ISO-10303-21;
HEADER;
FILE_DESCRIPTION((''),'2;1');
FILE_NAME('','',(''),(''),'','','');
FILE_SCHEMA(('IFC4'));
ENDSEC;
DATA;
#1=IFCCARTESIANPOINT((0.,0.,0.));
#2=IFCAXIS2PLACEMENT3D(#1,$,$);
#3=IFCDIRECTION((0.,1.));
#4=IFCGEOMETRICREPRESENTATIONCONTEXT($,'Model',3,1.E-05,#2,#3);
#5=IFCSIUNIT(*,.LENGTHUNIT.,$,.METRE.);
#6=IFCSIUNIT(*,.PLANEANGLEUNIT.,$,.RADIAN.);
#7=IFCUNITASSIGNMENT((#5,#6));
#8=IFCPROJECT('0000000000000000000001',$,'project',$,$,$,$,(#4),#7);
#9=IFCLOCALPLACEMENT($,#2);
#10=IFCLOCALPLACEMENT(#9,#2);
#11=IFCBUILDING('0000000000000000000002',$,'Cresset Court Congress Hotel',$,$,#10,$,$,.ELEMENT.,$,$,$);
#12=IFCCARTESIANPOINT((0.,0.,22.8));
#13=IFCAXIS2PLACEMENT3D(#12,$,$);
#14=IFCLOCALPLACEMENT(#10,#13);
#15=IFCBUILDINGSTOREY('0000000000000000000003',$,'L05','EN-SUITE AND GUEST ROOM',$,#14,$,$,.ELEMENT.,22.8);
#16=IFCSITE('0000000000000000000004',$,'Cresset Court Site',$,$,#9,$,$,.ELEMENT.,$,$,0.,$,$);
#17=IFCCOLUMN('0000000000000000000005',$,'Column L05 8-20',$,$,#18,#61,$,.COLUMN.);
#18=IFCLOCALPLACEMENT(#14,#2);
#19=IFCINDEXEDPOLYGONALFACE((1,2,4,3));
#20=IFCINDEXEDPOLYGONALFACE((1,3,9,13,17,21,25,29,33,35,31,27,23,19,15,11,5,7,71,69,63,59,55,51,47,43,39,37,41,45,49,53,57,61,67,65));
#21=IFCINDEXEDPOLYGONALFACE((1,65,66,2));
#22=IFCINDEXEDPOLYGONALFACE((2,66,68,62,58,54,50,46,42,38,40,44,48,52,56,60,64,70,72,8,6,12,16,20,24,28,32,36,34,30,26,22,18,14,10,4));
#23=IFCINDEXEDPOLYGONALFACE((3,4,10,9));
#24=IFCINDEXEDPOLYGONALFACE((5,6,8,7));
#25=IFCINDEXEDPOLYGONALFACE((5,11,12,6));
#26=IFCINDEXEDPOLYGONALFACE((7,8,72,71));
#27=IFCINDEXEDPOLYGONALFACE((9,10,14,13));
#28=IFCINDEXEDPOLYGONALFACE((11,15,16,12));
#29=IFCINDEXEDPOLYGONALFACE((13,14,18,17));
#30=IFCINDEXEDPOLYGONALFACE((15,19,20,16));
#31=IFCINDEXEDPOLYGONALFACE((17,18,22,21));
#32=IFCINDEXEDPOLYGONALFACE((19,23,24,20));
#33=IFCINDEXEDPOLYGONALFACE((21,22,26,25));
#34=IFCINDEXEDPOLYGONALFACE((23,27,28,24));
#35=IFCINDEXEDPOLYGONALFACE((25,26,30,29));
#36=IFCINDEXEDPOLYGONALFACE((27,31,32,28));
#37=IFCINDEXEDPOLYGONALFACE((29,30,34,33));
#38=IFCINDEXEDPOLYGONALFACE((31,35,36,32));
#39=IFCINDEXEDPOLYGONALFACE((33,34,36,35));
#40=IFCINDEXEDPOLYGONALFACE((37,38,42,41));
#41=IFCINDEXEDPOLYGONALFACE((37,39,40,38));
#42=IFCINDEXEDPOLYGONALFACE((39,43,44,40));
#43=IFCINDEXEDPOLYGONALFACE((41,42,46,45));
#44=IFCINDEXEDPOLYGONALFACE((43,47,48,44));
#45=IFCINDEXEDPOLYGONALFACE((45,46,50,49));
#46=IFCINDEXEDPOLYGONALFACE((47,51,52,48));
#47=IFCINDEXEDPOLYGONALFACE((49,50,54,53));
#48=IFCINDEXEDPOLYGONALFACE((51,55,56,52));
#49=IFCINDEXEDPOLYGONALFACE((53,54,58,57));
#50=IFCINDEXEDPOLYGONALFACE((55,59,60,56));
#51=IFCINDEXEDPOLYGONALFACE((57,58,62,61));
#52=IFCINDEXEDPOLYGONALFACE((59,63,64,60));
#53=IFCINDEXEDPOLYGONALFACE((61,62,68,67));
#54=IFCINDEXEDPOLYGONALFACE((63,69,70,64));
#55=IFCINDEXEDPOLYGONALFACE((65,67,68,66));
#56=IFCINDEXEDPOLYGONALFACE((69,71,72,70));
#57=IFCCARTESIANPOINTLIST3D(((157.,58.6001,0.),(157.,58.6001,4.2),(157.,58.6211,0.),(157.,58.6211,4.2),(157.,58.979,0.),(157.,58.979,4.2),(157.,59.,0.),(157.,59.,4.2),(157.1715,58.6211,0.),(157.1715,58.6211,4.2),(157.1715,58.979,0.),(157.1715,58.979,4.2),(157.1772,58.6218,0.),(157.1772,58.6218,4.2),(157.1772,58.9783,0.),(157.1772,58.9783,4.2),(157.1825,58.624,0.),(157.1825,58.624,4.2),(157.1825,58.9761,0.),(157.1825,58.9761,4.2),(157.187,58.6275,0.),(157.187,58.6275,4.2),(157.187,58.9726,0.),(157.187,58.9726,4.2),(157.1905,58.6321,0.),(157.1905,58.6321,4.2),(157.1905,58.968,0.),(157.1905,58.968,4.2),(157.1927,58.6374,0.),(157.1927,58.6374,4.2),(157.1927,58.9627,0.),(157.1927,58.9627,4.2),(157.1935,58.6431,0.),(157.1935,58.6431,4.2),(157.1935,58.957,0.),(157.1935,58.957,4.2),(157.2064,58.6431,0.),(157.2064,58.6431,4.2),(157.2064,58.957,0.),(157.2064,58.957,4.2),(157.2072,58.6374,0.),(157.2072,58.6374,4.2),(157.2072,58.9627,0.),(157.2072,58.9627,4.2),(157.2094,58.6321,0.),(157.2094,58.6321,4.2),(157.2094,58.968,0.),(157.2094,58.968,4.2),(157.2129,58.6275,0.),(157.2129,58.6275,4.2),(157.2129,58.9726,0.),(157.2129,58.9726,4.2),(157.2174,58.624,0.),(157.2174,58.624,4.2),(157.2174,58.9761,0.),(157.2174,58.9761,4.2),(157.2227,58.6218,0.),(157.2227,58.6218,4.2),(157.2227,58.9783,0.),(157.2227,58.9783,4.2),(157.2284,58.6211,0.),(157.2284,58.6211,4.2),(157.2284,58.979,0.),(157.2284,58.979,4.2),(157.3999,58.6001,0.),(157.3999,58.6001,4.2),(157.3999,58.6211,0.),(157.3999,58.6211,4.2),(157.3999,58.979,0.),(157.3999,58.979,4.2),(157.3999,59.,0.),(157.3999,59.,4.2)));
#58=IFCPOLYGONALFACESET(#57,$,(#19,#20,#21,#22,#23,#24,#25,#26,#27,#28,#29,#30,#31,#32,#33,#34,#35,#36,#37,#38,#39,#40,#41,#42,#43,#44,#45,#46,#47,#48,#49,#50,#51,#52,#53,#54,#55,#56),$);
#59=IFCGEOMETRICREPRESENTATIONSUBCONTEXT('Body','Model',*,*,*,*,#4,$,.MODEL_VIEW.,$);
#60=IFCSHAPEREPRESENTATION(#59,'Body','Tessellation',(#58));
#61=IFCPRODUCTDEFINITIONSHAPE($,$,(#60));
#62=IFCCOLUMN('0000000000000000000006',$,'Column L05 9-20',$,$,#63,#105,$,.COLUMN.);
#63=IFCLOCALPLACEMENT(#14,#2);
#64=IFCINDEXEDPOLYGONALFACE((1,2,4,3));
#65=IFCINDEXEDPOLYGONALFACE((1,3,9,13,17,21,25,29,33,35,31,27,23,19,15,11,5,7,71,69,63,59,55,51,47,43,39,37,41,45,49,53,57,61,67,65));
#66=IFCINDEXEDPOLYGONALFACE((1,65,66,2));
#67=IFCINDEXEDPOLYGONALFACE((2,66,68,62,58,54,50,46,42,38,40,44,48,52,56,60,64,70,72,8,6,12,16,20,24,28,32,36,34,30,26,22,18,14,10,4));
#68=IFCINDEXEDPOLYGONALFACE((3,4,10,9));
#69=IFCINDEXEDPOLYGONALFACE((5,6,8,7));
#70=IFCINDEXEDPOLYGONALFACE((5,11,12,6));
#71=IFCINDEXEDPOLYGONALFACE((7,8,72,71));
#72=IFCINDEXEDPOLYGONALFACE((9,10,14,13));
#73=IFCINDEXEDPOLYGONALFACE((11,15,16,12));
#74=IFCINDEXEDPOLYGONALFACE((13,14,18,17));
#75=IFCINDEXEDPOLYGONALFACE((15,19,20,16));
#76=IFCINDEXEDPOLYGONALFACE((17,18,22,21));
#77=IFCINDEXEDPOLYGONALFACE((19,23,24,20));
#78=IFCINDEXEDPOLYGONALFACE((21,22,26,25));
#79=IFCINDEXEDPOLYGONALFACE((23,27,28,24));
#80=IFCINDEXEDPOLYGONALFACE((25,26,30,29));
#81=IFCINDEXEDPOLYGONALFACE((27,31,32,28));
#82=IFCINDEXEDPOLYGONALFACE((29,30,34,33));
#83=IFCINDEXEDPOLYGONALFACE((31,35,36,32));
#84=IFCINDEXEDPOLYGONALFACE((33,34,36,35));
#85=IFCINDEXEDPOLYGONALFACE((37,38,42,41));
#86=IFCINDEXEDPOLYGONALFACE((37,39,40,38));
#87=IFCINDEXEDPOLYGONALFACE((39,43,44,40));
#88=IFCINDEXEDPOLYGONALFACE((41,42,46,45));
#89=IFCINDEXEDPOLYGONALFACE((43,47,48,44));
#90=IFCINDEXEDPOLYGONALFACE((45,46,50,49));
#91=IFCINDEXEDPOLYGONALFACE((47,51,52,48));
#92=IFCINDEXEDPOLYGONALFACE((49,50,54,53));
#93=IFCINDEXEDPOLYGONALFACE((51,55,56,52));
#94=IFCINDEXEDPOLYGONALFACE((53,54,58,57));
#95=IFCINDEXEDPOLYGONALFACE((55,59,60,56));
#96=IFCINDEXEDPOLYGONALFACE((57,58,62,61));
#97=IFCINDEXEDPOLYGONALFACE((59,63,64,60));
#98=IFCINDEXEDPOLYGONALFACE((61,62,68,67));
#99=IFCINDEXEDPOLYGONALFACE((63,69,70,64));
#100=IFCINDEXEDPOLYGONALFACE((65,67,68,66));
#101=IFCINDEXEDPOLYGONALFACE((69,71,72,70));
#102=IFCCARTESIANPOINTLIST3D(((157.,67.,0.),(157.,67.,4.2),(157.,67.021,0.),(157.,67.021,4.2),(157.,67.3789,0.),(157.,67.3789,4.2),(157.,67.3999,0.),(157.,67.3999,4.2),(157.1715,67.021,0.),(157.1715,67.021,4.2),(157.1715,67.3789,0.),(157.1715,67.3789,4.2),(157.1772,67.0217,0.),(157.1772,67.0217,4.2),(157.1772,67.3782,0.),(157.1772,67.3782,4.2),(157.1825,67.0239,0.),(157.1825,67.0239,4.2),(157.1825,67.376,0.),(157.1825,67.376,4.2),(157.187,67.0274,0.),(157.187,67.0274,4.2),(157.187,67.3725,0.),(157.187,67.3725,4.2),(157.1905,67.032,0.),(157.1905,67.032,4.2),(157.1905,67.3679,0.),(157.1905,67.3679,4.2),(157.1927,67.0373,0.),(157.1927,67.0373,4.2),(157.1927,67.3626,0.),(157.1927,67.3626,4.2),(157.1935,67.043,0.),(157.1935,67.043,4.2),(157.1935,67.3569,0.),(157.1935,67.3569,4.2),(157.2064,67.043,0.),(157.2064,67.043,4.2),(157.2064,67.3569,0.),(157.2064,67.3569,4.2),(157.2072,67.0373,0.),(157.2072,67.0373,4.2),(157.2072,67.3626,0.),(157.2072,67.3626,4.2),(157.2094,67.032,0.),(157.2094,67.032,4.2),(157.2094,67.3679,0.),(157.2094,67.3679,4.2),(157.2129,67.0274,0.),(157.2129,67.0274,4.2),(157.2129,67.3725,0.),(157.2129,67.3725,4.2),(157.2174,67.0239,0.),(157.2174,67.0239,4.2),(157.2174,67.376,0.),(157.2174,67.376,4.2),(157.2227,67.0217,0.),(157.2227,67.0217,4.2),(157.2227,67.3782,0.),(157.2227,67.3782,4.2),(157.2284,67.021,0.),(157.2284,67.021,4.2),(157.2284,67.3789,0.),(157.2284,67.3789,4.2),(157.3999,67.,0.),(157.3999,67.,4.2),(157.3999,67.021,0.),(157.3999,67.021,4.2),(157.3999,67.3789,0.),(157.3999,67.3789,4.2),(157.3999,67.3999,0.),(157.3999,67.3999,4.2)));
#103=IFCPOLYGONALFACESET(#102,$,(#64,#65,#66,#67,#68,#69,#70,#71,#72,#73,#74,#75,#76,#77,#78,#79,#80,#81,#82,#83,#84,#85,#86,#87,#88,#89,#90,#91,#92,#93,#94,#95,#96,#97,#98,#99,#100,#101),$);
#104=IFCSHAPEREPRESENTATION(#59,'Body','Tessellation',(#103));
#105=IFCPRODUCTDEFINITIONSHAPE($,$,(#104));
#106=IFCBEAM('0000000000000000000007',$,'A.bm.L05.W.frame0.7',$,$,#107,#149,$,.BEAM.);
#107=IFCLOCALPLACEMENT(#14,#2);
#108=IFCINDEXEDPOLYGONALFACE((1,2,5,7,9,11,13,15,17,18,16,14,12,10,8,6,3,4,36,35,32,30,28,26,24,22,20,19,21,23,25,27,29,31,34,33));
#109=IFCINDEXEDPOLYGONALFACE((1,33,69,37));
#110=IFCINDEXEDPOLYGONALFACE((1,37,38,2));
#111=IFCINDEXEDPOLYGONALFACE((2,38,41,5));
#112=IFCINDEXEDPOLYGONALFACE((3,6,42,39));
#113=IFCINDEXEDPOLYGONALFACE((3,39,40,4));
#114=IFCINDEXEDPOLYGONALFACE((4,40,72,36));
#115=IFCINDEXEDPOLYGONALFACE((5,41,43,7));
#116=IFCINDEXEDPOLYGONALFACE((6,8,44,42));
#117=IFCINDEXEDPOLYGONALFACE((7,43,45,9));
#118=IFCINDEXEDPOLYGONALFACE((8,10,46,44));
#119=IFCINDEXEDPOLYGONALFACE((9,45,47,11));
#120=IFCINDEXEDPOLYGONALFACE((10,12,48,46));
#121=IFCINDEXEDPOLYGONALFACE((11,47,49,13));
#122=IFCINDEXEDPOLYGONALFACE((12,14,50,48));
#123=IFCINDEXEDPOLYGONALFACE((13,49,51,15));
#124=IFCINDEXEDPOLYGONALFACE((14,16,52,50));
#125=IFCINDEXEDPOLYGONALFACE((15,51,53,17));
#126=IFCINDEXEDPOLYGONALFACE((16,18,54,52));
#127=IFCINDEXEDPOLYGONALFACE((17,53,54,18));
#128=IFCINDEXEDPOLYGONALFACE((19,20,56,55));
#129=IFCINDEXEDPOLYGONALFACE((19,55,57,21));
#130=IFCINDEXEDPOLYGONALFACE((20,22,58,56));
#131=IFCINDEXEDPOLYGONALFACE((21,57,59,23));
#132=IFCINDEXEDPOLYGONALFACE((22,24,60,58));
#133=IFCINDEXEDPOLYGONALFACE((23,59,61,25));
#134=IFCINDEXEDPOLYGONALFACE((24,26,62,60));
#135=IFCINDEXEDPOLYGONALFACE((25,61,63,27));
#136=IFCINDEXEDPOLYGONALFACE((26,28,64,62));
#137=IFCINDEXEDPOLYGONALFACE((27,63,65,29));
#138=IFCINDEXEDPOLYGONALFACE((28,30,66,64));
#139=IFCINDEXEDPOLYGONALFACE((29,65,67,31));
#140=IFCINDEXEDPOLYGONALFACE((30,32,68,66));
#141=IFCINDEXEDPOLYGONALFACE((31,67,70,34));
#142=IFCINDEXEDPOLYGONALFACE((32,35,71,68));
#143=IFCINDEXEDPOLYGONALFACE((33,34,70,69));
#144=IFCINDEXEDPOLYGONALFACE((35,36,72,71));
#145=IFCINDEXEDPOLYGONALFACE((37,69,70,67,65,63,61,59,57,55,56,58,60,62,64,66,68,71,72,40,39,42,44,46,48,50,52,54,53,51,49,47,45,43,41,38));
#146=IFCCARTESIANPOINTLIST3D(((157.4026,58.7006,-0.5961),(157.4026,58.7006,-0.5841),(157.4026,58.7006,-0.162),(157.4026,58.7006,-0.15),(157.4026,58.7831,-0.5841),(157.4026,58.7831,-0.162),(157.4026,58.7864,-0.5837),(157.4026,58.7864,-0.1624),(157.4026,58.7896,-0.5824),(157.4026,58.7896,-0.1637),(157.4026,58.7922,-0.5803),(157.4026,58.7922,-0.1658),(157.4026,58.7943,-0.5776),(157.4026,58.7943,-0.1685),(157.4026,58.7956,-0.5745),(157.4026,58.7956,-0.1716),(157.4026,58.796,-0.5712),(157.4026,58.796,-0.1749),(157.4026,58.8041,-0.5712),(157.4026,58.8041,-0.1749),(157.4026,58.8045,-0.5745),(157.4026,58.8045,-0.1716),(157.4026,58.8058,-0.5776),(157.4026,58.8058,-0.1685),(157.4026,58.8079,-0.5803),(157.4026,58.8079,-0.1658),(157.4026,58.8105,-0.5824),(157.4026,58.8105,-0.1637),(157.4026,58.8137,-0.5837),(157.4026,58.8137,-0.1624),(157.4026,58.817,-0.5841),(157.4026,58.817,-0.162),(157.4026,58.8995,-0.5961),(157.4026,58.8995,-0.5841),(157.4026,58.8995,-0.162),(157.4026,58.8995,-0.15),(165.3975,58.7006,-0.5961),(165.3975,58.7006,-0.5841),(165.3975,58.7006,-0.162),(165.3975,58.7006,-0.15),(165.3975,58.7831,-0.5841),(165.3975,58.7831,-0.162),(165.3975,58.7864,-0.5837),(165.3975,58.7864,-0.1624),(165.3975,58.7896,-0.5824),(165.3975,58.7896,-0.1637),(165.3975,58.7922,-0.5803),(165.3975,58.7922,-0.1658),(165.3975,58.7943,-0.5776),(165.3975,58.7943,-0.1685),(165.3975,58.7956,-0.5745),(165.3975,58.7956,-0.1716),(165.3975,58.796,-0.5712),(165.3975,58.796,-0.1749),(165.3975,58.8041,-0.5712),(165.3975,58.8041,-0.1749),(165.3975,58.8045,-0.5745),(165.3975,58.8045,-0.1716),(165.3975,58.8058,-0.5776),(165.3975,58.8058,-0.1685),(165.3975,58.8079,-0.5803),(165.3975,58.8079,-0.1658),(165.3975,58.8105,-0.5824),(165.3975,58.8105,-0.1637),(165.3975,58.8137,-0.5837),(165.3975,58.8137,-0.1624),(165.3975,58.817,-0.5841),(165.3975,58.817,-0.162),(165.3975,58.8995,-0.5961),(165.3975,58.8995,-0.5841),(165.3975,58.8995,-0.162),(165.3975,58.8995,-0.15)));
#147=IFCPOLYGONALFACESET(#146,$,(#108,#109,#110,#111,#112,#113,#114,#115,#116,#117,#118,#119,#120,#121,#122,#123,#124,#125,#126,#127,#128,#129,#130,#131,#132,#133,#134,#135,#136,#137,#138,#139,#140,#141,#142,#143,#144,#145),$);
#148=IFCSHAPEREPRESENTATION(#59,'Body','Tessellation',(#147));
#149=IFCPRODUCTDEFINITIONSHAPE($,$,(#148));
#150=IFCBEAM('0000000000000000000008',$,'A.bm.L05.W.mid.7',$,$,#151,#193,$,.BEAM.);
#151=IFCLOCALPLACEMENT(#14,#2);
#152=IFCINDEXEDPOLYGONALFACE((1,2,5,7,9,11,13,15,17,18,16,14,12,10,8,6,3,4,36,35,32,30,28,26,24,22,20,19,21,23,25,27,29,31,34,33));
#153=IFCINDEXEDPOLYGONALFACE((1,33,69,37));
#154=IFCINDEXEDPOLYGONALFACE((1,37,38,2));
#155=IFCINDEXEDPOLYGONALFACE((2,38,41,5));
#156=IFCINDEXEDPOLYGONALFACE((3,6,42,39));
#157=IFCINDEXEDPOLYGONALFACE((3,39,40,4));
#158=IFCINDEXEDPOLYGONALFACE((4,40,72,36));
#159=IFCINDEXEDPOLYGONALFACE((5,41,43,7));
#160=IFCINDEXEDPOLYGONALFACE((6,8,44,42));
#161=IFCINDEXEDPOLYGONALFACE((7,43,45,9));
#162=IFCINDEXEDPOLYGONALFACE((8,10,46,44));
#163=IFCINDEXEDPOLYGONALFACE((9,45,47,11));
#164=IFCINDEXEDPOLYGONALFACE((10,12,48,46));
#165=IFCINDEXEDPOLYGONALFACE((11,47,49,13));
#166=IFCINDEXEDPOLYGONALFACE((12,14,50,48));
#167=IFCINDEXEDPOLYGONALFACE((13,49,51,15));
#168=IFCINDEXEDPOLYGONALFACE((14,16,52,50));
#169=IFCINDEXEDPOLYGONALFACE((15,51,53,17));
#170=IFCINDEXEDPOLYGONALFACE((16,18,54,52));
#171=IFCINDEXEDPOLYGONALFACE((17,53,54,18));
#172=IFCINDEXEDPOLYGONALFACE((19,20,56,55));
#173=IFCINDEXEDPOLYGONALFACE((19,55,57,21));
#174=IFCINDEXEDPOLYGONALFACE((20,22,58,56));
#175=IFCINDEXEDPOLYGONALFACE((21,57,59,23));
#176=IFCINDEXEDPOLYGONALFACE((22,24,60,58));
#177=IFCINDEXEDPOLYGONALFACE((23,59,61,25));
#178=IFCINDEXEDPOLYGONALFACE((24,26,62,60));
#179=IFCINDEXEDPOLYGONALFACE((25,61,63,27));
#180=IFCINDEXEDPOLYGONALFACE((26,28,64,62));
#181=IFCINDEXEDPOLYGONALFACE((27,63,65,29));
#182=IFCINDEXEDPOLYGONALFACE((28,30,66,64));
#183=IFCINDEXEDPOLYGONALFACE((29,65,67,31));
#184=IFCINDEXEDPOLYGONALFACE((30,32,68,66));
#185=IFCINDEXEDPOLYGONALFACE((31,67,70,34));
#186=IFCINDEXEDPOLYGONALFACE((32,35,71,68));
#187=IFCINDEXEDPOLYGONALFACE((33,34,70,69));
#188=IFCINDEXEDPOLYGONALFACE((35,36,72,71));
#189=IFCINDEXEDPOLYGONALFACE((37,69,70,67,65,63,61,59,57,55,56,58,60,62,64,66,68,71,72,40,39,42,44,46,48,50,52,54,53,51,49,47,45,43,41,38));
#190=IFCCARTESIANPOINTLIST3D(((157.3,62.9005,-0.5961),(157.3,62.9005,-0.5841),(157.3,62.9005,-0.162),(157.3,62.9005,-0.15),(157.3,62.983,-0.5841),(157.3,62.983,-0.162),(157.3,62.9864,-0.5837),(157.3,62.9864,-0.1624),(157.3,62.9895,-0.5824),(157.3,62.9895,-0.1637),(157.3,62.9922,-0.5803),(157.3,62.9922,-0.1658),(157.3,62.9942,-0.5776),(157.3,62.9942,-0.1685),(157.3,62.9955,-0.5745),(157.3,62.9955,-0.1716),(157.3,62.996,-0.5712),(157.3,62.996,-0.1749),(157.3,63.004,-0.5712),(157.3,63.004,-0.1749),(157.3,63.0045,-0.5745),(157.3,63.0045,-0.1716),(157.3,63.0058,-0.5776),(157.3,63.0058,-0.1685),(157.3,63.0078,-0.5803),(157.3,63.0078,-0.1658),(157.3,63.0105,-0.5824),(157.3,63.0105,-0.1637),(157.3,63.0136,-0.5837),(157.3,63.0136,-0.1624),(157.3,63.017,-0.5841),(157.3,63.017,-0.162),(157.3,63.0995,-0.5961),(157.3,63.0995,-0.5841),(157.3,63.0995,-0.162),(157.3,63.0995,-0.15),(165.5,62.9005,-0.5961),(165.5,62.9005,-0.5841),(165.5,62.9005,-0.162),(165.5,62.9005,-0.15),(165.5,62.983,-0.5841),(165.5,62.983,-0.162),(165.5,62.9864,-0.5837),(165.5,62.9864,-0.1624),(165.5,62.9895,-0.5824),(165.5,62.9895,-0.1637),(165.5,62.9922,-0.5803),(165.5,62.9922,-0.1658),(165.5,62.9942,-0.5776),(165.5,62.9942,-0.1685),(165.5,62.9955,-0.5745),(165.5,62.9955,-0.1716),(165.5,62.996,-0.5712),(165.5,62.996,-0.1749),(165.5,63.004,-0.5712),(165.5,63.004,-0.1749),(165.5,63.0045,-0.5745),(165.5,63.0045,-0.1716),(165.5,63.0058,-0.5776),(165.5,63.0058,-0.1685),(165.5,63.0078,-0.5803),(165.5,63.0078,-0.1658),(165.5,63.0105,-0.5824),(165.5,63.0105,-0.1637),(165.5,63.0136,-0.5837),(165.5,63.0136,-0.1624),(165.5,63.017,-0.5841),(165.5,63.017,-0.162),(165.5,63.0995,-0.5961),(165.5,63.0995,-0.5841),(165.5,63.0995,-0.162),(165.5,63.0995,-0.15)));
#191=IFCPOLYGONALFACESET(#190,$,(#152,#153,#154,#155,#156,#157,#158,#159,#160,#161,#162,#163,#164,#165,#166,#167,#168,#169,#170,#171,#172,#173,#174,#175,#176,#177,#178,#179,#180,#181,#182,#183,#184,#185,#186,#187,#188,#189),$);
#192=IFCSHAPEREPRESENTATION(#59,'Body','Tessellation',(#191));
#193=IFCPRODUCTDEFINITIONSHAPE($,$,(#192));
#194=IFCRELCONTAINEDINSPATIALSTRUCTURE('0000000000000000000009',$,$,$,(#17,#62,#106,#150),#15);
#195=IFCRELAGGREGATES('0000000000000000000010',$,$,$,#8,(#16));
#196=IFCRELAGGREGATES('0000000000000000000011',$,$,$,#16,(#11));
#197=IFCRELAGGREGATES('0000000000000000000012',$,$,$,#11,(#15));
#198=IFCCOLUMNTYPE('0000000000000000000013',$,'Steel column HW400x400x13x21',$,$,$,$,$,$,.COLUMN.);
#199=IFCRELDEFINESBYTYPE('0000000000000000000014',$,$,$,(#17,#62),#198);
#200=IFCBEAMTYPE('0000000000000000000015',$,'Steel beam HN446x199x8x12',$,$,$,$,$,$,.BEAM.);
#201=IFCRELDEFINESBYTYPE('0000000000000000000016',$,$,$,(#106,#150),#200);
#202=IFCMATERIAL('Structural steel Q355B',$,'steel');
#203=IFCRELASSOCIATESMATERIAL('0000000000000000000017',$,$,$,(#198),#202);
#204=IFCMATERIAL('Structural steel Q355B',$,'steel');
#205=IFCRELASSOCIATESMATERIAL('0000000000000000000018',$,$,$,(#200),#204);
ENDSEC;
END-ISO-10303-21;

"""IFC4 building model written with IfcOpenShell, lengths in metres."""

from ifc_helpers import new_model, si_unit, direction, frame, origin, origin_2d, place, context, subcontext, project, spatial, i_section, extrude, material, material_profile, profile_set, type_object, element, save


model = new_model("IFC4")

# Units and contexts
model_context = context("Model", 3, precision=1e-05, world=origin(), true_north=direction((0.0, 1.0)))
body_context = subcontext(model_context, "Body", "Model", "MODEL_VIEW")
ifc_project = project(units=[si_unit("LENGTHUNIT", "METRE"), si_unit("PLANEANGLEUNIT", "RADIAN")], contexts=[model_context])

# Site, building, storey
site_placement = place(None, origin())
site = spatial("IfcSite", under=ifc_project, at=site_placement, Name="Cresset Court Site", CompositionType="ELEMENT", RefElevation=0.0)
building_placement = place(site_placement, origin())
building = spatial("IfcBuilding", under=site, at=building_placement, Name="Cresset Court Congress Hotel", CompositionType="ELEMENT")
storey_placement = place(building_placement, frame((0.0, 0.0, 22.8)))
storey = spatial("IfcBuildingStorey", under=building, at=storey_placement, Name="L05", Description="EN-SUITE AND GUEST ROOM", CompositionType="ELEMENT", Elevation=22.8)

# Columns
ifc_material_1 = material(Name="Structural steel Q355B", Category="steel")
ifc_material_profile_1 = material_profile(ifc_material_1, i_section(OverallWidth=0.3999, OverallDepth=0.3999, WebThickness=0.0129, FlangeThickness=0.021, FilletRadius=0.022, at=origin_2d()), Name="HW400x400x13x21")
ifc_profile_set_1 = profile_set([ifc_material_profile_1], Name="Structural steel Q355B")
column_type = type_object("IfcColumnType", Name="Steel column HW400x400x13x21", PredefinedType="COLUMN", material=ifc_profile_set_1)
for number, where, z_axis, x_axis, name in (
    (1, (157.2, 58.8, 0.0), (0.0, 0.0, 1.0), (1.0, 0.0, 0.0), "Column L05 8-20"),
    (2, (157.2, 67.2, 0.0), (0.0, 0.0, 1.0), (1.0, 0.0, 0.0), "Column L05 9-20"),
):
    element("IfcColumn", number, at=place(storey_placement, frame(where, z_axis=z_axis, x_axis=x_axis)), inside=storey, type_object=column_type, Name=name, PredefinedType="COLUMN", context=body_context, shape_type="SweptSolid", body=[
        extrude(i_section(OverallWidth=0.3999, OverallDepth=0.3999, WebThickness=0.0129, FlangeThickness=0.021, FilletRadius=0.022, at=origin_2d()), origin(), (0.0, 0.0, 1.0), 4.2),
    ])

# Beams
ifc_material_2 = material(Name="Structural steel Q355B", Category="steel")
ifc_material_profile_2 = material_profile(ifc_material_2, i_section(OverallWidth=0.199, OverallDepth=0.446, WebThickness=0.0081, FlangeThickness=0.012, FilletRadius=0.0129, at=origin_2d()), Name="HN446x199x8x12")
ifc_profile_set_2 = profile_set([ifc_material_profile_2], Name="Structural steel Q355B")
beam_type_1 = type_object("IfcBeamType", Name="Steel beam HN446x199x8x12", PredefinedType="BEAM", material=ifc_profile_set_2)
beam_1_placement = place(storey_placement, frame((157.4026, 58.8, -0.373), z_axis=(1.0, 0.0, 0.0), x_axis=(0.0, 1.0, 0.0)))
element("IfcBeam", 3, at=beam_1_placement, inside=storey, type_object=beam_type_1, Name="A.bm.L05.W.frame0.7", PredefinedType="BEAM", context=body_context, shape_type="SweptSolid", body=[
    extrude(i_section(OverallWidth=0.199, OverallDepth=0.446, WebThickness=0.0081, FlangeThickness=0.012, FilletRadius=0.0129, at=origin_2d()), origin(), (0.0, 0.0, 1.0), 7.9949),
])
beam_2_placement = place(storey_placement, frame((157.3, 63.0, -0.373), z_axis=(1.0, 0.0, 0.0), x_axis=(0.0, 1.0, 0.0)))
element("IfcBeam", 4, at=beam_2_placement, inside=storey, type_object=beam_type_1, Name="A.bm.L05.W.mid.7", PredefinedType="BEAM", context=body_context, shape_type="SweptSolid", body=[
    extrude(i_section(OverallWidth=0.199, OverallDepth=0.446, WebThickness=0.0081, FlangeThickness=0.012, FilletRadius=0.0129, at=origin_2d()), origin(), (0.0, 0.0, 1.0), 8.2),
])

save(model, "model.ifc")
